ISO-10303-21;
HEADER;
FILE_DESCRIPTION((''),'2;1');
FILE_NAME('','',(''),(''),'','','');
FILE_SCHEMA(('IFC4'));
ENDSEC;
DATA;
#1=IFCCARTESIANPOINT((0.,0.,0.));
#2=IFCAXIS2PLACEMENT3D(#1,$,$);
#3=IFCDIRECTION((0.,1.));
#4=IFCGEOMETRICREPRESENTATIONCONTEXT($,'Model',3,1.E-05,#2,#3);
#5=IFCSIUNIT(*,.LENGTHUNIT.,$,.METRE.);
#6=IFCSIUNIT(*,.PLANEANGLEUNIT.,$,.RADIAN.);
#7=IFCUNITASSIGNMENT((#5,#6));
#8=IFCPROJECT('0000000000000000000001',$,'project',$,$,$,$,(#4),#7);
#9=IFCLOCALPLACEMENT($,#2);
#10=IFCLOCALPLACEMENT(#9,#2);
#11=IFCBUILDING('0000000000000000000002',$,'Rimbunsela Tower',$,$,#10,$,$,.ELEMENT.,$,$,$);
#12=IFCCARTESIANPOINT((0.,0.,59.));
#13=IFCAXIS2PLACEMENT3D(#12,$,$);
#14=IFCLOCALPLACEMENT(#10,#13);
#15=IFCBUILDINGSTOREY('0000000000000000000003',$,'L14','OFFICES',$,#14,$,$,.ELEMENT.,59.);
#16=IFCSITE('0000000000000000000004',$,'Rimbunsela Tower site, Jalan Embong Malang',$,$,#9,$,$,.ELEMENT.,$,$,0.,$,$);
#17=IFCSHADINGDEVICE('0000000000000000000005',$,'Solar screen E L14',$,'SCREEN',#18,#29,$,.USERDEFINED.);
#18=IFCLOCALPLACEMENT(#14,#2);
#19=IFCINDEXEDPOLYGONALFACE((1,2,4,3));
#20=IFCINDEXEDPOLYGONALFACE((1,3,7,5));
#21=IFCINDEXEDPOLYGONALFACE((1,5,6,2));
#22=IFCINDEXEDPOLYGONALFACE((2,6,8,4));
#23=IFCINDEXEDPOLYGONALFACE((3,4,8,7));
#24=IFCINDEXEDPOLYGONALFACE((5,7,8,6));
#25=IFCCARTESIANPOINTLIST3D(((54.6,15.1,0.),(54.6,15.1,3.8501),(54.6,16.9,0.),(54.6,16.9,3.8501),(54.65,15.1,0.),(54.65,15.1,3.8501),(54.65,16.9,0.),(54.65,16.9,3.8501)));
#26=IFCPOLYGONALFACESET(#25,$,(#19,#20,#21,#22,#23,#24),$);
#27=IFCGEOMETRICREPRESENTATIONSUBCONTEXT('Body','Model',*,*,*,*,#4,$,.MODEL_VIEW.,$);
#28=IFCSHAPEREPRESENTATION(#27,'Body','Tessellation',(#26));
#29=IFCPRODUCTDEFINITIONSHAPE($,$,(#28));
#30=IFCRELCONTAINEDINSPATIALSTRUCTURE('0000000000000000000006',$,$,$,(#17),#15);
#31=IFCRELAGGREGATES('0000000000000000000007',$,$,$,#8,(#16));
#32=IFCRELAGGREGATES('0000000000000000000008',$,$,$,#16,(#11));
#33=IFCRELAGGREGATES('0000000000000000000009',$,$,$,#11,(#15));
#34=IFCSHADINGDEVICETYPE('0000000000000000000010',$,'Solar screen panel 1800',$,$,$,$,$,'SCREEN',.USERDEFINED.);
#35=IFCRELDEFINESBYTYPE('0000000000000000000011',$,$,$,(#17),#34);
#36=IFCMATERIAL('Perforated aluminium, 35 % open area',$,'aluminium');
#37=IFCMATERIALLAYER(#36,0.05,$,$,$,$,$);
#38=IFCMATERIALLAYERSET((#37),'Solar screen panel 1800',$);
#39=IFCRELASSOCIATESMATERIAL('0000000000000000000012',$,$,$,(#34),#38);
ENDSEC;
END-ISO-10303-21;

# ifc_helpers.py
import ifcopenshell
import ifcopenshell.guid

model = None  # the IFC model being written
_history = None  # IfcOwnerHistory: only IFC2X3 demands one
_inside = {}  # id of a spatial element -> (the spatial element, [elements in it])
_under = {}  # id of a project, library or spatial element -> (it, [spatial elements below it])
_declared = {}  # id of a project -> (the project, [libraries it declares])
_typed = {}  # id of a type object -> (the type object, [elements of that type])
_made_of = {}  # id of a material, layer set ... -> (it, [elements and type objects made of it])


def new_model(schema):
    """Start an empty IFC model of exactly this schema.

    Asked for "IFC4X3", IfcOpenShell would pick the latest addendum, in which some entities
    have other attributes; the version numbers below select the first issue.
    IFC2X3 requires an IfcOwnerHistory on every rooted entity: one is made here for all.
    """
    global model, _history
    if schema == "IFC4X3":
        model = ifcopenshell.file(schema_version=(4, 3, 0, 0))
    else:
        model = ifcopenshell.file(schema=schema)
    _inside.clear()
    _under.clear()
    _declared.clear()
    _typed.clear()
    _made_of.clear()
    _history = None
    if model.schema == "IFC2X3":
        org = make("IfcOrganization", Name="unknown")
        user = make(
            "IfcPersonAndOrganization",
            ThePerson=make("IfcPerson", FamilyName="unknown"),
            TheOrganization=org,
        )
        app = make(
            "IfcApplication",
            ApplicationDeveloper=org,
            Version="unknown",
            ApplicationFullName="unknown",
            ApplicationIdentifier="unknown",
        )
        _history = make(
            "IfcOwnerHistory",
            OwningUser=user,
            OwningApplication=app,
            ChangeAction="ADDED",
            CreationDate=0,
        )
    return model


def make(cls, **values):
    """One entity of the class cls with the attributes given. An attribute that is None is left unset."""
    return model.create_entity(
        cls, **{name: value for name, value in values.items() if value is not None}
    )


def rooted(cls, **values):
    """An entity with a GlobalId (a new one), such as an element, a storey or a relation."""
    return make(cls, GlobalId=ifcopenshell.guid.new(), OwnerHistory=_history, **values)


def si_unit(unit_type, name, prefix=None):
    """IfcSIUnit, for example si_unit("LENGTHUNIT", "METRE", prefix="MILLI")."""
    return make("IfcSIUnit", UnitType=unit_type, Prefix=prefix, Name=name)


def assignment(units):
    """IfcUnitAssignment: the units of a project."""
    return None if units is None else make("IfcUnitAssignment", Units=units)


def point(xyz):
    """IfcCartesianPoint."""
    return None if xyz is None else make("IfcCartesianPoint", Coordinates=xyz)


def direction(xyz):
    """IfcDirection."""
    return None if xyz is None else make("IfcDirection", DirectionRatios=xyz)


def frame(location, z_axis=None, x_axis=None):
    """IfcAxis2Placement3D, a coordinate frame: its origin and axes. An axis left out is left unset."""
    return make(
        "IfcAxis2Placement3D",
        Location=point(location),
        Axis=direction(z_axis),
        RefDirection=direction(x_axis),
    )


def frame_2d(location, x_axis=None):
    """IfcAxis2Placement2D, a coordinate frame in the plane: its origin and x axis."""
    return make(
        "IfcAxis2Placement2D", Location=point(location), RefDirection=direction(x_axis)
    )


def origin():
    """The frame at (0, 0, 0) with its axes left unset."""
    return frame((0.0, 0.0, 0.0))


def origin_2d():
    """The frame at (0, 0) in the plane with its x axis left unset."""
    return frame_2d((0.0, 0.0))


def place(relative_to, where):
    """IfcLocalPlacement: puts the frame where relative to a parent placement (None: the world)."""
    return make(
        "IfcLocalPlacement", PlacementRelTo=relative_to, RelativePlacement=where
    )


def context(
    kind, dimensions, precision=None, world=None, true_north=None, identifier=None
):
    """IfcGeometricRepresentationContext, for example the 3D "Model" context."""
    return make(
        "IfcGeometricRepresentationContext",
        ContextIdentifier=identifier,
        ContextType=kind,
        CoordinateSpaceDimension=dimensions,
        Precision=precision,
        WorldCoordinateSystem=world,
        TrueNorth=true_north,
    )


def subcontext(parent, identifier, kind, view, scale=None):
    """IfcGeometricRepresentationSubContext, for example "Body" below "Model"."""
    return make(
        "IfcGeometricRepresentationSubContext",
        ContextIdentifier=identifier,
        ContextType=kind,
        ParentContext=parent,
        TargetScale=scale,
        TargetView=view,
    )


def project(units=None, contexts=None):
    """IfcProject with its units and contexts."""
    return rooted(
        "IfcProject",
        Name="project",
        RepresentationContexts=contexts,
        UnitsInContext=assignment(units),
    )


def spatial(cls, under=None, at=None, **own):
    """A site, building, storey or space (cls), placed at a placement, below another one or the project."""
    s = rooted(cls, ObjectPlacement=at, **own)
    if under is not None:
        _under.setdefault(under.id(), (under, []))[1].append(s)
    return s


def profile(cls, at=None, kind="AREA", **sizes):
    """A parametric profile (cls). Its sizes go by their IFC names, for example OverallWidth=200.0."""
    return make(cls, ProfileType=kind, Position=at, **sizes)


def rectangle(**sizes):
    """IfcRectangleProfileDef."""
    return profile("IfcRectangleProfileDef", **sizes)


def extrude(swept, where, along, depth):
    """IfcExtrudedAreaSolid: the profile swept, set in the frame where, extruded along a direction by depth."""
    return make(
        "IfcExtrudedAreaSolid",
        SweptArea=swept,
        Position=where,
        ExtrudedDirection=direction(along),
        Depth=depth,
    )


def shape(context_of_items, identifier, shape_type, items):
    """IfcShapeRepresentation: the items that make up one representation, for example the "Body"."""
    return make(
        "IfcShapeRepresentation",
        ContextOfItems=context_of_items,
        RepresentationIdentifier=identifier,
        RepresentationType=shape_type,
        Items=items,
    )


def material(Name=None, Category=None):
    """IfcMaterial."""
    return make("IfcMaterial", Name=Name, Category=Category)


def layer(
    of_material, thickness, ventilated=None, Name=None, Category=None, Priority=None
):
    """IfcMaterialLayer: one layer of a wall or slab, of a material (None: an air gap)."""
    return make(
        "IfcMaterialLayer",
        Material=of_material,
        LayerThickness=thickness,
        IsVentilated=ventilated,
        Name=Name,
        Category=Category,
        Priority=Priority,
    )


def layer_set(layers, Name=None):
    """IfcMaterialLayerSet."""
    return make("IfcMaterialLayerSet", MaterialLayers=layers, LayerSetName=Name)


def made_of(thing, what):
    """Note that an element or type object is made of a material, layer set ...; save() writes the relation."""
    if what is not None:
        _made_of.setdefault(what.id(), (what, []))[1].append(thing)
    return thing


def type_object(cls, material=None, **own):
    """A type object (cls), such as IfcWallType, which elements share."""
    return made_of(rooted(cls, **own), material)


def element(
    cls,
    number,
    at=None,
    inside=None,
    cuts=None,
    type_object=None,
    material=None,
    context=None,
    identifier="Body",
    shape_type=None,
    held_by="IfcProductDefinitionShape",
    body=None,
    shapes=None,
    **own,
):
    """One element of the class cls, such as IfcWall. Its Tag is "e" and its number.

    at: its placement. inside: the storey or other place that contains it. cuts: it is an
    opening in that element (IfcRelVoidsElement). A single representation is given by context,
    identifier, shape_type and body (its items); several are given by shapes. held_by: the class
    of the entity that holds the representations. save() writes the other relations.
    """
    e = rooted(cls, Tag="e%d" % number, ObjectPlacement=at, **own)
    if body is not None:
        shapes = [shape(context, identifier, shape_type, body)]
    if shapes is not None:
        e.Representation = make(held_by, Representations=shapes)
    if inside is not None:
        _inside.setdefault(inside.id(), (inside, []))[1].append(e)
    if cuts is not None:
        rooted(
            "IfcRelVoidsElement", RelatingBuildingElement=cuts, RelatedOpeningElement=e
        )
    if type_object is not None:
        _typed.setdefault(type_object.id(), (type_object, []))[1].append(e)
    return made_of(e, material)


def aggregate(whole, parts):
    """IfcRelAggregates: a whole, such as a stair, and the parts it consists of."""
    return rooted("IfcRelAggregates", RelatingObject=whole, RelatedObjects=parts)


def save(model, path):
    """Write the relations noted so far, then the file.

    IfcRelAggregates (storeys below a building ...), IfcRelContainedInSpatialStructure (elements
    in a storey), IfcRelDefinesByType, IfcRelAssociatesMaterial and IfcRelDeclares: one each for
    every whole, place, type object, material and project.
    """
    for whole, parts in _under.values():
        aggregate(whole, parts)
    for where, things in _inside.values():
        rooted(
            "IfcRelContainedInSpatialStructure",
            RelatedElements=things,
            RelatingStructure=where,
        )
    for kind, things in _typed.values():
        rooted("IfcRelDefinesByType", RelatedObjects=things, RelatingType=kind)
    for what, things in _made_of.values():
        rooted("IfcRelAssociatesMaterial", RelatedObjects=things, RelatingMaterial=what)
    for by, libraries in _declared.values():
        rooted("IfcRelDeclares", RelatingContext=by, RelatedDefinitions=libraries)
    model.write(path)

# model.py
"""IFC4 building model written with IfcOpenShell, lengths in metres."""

from ifc_helpers import new_model, si_unit, direction, frame, origin, origin_2d, place, context, subcontext, project, spatial, rectangle, extrude, material, layer, layer_set, type_object, element, save


model = new_model("IFC4")

# Units and contexts
model_context = context("Model", 3, precision=1e-05, world=origin(), true_north=direction((0.0, 1.0)))
body_context = subcontext(model_context, "Body", "Model", "MODEL_VIEW")
ifc_project = project(units=[si_unit("LENGTHUNIT", "METRE"), si_unit("PLANEANGLEUNIT", "RADIAN")], contexts=[model_context])

# Site, building, storey
site_placement = place(None, origin())
site = spatial("IfcSite", under=ifc_project, at=site_placement, Name="Rimbunsela Tower site, Jalan Embong Malang", CompositionType="ELEMENT", RefElevation=0.0)
building_placement = place(site_placement, origin())
building = spatial("IfcBuilding", under=site, at=building_placement, Name="Rimbunsela Tower", CompositionType="ELEMENT")
storey_placement = place(building_placement, frame((0.0, 0.0, 59.0)))
storey = spatial("IfcBuildingStorey", under=building, at=storey_placement, Name="L14", Description="OFFICES", CompositionType="ELEMENT", Elevation=59.0)

# Shading device
ifc_material_1 = material(Name="Perforated aluminium, 35 % open area", Category="aluminium")
ifc_layer_1 = layer(ifc_material_1, 0.05)
ifc_layer_set_1 = layer_set([ifc_layer_1], Name="Solar screen panel 1800")
shading_device_type = type_object("IfcShadingDeviceType", Name="Solar screen panel 1800", ElementType="SCREEN", PredefinedType="USERDEFINED", material=ifc_layer_set_1)
for number, where, z_axis, x_axis, name in (
    (1, (54.625, 16.0, 0.0), (0.0, 0.0, 1.0), (0.0, 1.0, 0.0), "Solar screen E L14"),
):
    element("IfcShadingDevice", number, at=place(storey_placement, frame(where, z_axis=z_axis, x_axis=x_axis)), inside=storey, type_object=shading_device_type, Name=name, ObjectType="SCREEN", PredefinedType="USERDEFINED", context=body_context, shape_type="SweptSolid", body=[
        extrude(rectangle(XDim=1.8, YDim=0.05, at=origin_2d()), origin(), (0.0, 0.0, 1.0), 3.8501),
    ])

save(model, "model.ifc")
